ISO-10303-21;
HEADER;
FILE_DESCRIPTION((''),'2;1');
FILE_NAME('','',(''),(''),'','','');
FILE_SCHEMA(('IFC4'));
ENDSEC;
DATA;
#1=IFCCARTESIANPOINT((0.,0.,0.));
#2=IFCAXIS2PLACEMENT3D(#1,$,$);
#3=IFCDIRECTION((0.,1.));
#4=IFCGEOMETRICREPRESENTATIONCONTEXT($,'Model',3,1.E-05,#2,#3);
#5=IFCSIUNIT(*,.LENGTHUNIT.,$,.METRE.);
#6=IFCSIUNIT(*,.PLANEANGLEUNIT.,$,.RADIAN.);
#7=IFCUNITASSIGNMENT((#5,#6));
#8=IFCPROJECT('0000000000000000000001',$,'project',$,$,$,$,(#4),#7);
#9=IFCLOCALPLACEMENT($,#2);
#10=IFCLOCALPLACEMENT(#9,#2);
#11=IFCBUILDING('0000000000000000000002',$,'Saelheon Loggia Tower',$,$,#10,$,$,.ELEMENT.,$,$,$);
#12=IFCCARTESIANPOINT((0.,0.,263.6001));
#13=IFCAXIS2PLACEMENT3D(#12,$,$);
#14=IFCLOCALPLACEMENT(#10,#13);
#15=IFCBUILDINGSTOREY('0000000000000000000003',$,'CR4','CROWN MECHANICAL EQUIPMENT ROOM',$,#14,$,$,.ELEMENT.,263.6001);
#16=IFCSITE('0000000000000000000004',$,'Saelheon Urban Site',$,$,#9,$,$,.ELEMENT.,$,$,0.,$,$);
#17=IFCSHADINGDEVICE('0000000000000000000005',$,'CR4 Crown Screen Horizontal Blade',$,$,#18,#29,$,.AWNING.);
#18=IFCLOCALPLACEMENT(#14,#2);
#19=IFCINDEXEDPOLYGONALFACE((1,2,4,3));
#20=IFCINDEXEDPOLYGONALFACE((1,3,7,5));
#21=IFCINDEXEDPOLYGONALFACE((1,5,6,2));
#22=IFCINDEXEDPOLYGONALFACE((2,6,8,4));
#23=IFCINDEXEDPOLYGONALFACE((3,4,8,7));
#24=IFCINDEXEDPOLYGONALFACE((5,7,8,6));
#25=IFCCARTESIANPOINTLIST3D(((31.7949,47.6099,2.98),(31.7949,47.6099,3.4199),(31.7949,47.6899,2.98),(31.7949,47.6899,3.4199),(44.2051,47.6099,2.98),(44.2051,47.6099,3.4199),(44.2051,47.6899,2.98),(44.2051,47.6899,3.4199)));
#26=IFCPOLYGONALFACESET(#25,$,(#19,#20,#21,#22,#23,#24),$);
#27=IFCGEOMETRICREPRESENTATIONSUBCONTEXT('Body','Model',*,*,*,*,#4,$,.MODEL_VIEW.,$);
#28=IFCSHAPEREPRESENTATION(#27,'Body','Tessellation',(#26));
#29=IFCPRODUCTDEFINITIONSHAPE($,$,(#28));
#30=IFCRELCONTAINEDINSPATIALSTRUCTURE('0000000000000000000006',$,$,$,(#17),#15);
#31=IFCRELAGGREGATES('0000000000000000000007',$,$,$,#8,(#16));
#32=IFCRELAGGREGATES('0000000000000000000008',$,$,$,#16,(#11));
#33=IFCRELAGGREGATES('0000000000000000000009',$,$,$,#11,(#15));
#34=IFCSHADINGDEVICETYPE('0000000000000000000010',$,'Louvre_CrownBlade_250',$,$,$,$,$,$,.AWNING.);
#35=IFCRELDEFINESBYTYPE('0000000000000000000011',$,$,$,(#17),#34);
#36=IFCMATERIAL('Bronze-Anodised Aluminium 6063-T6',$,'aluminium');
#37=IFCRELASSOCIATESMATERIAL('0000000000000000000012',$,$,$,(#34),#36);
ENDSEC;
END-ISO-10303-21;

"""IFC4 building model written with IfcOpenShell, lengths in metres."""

from ifc_helpers import new_model, si_unit, direction, frame, origin, origin_2d, place, context, subcontext, project, spatial, rectangle, extrude, source, transform, mapped, material, material_profile, profile_set, type_object, element, save


model = new_model("IFC4")

# Units and contexts
model_context = context("Model", 3, precision=1e-05, world=origin(), true_north=direction((0.0, 1.0)))
body_context = subcontext(model_context, "Body", "Model", "MODEL_VIEW")
ifc_project = project(units=[si_unit("LENGTHUNIT", "METRE"), si_unit("PLANEANGLEUNIT", "RADIAN")], contexts=[model_context])

# Site, building, storey
site_placement = place(None, origin())
site = spatial("IfcSite", under=ifc_project, at=site_placement, Name="Saelheon Urban Site", CompositionType="ELEMENT", RefElevation=0.0)
building_placement = place(site_placement, origin())
building = spatial("IfcBuilding", under=site, at=building_placement, Name="Saelheon Loggia Tower", CompositionType="ELEMENT")
storey_placement = place(building_placement, frame((0.0, 0.0, 263.6001)))
storey = spatial("IfcBuildingStorey", under=building, at=storey_placement, Name="CR4", Description="CROWN MECHANICAL EQUIPMENT ROOM", CompositionType="ELEMENT", Elevation=263.6001)

# Shared definitions
ifc_material_1 = material(Name="Bronze-Anodised Aluminium 6063-T6", Category="aluminium")

# Shading device
ifc_material_profile_1 = material_profile(ifc_material_1, rectangle(XDim=0.0801, YDim=0.4399, at=origin_2d()), Name="Louvre_CrownBlade_250")
ifc_profile_set_1 = profile_set([ifc_material_profile_1], Name="Bronze-Anodised Aluminium 6063-T6")
shading_device_type = type_object("IfcShadingDeviceType", Name="Louvre_CrownBlade_250", PredefinedType="AWNING", material=ifc_profile_set_1)
shared_shape_1 = source(origin(), body_context, "Body", "SweptSolid", [
    extrude(rectangle(XDim=0.0801, YDim=0.4399, at=origin_2d()), origin(), (0.0, 0.0, 1.0), 12.4102),
])
for number, where, z_axis, x_axis, name in (
    (1, (44.2051, 47.6499, 3.2), (-1.0, 0.0, 0.0), (0.0, -1.0, 0.0), "CR4 Crown Screen Horizontal Blade"),
):
    element("IfcShadingDevice", number, at=place(storey_placement, frame(where, z_axis=z_axis, x_axis=x_axis)), inside=storey, type_object=shading_device_type, Name=name, PredefinedType="AWNING", context=body_context, shape_type="MappedRepresentation", body=[
        mapped(shared_shape_1, transform((0.0, 0.0, 0.0), scale=1.0)),
    ])

save(model, "model.ifc")
